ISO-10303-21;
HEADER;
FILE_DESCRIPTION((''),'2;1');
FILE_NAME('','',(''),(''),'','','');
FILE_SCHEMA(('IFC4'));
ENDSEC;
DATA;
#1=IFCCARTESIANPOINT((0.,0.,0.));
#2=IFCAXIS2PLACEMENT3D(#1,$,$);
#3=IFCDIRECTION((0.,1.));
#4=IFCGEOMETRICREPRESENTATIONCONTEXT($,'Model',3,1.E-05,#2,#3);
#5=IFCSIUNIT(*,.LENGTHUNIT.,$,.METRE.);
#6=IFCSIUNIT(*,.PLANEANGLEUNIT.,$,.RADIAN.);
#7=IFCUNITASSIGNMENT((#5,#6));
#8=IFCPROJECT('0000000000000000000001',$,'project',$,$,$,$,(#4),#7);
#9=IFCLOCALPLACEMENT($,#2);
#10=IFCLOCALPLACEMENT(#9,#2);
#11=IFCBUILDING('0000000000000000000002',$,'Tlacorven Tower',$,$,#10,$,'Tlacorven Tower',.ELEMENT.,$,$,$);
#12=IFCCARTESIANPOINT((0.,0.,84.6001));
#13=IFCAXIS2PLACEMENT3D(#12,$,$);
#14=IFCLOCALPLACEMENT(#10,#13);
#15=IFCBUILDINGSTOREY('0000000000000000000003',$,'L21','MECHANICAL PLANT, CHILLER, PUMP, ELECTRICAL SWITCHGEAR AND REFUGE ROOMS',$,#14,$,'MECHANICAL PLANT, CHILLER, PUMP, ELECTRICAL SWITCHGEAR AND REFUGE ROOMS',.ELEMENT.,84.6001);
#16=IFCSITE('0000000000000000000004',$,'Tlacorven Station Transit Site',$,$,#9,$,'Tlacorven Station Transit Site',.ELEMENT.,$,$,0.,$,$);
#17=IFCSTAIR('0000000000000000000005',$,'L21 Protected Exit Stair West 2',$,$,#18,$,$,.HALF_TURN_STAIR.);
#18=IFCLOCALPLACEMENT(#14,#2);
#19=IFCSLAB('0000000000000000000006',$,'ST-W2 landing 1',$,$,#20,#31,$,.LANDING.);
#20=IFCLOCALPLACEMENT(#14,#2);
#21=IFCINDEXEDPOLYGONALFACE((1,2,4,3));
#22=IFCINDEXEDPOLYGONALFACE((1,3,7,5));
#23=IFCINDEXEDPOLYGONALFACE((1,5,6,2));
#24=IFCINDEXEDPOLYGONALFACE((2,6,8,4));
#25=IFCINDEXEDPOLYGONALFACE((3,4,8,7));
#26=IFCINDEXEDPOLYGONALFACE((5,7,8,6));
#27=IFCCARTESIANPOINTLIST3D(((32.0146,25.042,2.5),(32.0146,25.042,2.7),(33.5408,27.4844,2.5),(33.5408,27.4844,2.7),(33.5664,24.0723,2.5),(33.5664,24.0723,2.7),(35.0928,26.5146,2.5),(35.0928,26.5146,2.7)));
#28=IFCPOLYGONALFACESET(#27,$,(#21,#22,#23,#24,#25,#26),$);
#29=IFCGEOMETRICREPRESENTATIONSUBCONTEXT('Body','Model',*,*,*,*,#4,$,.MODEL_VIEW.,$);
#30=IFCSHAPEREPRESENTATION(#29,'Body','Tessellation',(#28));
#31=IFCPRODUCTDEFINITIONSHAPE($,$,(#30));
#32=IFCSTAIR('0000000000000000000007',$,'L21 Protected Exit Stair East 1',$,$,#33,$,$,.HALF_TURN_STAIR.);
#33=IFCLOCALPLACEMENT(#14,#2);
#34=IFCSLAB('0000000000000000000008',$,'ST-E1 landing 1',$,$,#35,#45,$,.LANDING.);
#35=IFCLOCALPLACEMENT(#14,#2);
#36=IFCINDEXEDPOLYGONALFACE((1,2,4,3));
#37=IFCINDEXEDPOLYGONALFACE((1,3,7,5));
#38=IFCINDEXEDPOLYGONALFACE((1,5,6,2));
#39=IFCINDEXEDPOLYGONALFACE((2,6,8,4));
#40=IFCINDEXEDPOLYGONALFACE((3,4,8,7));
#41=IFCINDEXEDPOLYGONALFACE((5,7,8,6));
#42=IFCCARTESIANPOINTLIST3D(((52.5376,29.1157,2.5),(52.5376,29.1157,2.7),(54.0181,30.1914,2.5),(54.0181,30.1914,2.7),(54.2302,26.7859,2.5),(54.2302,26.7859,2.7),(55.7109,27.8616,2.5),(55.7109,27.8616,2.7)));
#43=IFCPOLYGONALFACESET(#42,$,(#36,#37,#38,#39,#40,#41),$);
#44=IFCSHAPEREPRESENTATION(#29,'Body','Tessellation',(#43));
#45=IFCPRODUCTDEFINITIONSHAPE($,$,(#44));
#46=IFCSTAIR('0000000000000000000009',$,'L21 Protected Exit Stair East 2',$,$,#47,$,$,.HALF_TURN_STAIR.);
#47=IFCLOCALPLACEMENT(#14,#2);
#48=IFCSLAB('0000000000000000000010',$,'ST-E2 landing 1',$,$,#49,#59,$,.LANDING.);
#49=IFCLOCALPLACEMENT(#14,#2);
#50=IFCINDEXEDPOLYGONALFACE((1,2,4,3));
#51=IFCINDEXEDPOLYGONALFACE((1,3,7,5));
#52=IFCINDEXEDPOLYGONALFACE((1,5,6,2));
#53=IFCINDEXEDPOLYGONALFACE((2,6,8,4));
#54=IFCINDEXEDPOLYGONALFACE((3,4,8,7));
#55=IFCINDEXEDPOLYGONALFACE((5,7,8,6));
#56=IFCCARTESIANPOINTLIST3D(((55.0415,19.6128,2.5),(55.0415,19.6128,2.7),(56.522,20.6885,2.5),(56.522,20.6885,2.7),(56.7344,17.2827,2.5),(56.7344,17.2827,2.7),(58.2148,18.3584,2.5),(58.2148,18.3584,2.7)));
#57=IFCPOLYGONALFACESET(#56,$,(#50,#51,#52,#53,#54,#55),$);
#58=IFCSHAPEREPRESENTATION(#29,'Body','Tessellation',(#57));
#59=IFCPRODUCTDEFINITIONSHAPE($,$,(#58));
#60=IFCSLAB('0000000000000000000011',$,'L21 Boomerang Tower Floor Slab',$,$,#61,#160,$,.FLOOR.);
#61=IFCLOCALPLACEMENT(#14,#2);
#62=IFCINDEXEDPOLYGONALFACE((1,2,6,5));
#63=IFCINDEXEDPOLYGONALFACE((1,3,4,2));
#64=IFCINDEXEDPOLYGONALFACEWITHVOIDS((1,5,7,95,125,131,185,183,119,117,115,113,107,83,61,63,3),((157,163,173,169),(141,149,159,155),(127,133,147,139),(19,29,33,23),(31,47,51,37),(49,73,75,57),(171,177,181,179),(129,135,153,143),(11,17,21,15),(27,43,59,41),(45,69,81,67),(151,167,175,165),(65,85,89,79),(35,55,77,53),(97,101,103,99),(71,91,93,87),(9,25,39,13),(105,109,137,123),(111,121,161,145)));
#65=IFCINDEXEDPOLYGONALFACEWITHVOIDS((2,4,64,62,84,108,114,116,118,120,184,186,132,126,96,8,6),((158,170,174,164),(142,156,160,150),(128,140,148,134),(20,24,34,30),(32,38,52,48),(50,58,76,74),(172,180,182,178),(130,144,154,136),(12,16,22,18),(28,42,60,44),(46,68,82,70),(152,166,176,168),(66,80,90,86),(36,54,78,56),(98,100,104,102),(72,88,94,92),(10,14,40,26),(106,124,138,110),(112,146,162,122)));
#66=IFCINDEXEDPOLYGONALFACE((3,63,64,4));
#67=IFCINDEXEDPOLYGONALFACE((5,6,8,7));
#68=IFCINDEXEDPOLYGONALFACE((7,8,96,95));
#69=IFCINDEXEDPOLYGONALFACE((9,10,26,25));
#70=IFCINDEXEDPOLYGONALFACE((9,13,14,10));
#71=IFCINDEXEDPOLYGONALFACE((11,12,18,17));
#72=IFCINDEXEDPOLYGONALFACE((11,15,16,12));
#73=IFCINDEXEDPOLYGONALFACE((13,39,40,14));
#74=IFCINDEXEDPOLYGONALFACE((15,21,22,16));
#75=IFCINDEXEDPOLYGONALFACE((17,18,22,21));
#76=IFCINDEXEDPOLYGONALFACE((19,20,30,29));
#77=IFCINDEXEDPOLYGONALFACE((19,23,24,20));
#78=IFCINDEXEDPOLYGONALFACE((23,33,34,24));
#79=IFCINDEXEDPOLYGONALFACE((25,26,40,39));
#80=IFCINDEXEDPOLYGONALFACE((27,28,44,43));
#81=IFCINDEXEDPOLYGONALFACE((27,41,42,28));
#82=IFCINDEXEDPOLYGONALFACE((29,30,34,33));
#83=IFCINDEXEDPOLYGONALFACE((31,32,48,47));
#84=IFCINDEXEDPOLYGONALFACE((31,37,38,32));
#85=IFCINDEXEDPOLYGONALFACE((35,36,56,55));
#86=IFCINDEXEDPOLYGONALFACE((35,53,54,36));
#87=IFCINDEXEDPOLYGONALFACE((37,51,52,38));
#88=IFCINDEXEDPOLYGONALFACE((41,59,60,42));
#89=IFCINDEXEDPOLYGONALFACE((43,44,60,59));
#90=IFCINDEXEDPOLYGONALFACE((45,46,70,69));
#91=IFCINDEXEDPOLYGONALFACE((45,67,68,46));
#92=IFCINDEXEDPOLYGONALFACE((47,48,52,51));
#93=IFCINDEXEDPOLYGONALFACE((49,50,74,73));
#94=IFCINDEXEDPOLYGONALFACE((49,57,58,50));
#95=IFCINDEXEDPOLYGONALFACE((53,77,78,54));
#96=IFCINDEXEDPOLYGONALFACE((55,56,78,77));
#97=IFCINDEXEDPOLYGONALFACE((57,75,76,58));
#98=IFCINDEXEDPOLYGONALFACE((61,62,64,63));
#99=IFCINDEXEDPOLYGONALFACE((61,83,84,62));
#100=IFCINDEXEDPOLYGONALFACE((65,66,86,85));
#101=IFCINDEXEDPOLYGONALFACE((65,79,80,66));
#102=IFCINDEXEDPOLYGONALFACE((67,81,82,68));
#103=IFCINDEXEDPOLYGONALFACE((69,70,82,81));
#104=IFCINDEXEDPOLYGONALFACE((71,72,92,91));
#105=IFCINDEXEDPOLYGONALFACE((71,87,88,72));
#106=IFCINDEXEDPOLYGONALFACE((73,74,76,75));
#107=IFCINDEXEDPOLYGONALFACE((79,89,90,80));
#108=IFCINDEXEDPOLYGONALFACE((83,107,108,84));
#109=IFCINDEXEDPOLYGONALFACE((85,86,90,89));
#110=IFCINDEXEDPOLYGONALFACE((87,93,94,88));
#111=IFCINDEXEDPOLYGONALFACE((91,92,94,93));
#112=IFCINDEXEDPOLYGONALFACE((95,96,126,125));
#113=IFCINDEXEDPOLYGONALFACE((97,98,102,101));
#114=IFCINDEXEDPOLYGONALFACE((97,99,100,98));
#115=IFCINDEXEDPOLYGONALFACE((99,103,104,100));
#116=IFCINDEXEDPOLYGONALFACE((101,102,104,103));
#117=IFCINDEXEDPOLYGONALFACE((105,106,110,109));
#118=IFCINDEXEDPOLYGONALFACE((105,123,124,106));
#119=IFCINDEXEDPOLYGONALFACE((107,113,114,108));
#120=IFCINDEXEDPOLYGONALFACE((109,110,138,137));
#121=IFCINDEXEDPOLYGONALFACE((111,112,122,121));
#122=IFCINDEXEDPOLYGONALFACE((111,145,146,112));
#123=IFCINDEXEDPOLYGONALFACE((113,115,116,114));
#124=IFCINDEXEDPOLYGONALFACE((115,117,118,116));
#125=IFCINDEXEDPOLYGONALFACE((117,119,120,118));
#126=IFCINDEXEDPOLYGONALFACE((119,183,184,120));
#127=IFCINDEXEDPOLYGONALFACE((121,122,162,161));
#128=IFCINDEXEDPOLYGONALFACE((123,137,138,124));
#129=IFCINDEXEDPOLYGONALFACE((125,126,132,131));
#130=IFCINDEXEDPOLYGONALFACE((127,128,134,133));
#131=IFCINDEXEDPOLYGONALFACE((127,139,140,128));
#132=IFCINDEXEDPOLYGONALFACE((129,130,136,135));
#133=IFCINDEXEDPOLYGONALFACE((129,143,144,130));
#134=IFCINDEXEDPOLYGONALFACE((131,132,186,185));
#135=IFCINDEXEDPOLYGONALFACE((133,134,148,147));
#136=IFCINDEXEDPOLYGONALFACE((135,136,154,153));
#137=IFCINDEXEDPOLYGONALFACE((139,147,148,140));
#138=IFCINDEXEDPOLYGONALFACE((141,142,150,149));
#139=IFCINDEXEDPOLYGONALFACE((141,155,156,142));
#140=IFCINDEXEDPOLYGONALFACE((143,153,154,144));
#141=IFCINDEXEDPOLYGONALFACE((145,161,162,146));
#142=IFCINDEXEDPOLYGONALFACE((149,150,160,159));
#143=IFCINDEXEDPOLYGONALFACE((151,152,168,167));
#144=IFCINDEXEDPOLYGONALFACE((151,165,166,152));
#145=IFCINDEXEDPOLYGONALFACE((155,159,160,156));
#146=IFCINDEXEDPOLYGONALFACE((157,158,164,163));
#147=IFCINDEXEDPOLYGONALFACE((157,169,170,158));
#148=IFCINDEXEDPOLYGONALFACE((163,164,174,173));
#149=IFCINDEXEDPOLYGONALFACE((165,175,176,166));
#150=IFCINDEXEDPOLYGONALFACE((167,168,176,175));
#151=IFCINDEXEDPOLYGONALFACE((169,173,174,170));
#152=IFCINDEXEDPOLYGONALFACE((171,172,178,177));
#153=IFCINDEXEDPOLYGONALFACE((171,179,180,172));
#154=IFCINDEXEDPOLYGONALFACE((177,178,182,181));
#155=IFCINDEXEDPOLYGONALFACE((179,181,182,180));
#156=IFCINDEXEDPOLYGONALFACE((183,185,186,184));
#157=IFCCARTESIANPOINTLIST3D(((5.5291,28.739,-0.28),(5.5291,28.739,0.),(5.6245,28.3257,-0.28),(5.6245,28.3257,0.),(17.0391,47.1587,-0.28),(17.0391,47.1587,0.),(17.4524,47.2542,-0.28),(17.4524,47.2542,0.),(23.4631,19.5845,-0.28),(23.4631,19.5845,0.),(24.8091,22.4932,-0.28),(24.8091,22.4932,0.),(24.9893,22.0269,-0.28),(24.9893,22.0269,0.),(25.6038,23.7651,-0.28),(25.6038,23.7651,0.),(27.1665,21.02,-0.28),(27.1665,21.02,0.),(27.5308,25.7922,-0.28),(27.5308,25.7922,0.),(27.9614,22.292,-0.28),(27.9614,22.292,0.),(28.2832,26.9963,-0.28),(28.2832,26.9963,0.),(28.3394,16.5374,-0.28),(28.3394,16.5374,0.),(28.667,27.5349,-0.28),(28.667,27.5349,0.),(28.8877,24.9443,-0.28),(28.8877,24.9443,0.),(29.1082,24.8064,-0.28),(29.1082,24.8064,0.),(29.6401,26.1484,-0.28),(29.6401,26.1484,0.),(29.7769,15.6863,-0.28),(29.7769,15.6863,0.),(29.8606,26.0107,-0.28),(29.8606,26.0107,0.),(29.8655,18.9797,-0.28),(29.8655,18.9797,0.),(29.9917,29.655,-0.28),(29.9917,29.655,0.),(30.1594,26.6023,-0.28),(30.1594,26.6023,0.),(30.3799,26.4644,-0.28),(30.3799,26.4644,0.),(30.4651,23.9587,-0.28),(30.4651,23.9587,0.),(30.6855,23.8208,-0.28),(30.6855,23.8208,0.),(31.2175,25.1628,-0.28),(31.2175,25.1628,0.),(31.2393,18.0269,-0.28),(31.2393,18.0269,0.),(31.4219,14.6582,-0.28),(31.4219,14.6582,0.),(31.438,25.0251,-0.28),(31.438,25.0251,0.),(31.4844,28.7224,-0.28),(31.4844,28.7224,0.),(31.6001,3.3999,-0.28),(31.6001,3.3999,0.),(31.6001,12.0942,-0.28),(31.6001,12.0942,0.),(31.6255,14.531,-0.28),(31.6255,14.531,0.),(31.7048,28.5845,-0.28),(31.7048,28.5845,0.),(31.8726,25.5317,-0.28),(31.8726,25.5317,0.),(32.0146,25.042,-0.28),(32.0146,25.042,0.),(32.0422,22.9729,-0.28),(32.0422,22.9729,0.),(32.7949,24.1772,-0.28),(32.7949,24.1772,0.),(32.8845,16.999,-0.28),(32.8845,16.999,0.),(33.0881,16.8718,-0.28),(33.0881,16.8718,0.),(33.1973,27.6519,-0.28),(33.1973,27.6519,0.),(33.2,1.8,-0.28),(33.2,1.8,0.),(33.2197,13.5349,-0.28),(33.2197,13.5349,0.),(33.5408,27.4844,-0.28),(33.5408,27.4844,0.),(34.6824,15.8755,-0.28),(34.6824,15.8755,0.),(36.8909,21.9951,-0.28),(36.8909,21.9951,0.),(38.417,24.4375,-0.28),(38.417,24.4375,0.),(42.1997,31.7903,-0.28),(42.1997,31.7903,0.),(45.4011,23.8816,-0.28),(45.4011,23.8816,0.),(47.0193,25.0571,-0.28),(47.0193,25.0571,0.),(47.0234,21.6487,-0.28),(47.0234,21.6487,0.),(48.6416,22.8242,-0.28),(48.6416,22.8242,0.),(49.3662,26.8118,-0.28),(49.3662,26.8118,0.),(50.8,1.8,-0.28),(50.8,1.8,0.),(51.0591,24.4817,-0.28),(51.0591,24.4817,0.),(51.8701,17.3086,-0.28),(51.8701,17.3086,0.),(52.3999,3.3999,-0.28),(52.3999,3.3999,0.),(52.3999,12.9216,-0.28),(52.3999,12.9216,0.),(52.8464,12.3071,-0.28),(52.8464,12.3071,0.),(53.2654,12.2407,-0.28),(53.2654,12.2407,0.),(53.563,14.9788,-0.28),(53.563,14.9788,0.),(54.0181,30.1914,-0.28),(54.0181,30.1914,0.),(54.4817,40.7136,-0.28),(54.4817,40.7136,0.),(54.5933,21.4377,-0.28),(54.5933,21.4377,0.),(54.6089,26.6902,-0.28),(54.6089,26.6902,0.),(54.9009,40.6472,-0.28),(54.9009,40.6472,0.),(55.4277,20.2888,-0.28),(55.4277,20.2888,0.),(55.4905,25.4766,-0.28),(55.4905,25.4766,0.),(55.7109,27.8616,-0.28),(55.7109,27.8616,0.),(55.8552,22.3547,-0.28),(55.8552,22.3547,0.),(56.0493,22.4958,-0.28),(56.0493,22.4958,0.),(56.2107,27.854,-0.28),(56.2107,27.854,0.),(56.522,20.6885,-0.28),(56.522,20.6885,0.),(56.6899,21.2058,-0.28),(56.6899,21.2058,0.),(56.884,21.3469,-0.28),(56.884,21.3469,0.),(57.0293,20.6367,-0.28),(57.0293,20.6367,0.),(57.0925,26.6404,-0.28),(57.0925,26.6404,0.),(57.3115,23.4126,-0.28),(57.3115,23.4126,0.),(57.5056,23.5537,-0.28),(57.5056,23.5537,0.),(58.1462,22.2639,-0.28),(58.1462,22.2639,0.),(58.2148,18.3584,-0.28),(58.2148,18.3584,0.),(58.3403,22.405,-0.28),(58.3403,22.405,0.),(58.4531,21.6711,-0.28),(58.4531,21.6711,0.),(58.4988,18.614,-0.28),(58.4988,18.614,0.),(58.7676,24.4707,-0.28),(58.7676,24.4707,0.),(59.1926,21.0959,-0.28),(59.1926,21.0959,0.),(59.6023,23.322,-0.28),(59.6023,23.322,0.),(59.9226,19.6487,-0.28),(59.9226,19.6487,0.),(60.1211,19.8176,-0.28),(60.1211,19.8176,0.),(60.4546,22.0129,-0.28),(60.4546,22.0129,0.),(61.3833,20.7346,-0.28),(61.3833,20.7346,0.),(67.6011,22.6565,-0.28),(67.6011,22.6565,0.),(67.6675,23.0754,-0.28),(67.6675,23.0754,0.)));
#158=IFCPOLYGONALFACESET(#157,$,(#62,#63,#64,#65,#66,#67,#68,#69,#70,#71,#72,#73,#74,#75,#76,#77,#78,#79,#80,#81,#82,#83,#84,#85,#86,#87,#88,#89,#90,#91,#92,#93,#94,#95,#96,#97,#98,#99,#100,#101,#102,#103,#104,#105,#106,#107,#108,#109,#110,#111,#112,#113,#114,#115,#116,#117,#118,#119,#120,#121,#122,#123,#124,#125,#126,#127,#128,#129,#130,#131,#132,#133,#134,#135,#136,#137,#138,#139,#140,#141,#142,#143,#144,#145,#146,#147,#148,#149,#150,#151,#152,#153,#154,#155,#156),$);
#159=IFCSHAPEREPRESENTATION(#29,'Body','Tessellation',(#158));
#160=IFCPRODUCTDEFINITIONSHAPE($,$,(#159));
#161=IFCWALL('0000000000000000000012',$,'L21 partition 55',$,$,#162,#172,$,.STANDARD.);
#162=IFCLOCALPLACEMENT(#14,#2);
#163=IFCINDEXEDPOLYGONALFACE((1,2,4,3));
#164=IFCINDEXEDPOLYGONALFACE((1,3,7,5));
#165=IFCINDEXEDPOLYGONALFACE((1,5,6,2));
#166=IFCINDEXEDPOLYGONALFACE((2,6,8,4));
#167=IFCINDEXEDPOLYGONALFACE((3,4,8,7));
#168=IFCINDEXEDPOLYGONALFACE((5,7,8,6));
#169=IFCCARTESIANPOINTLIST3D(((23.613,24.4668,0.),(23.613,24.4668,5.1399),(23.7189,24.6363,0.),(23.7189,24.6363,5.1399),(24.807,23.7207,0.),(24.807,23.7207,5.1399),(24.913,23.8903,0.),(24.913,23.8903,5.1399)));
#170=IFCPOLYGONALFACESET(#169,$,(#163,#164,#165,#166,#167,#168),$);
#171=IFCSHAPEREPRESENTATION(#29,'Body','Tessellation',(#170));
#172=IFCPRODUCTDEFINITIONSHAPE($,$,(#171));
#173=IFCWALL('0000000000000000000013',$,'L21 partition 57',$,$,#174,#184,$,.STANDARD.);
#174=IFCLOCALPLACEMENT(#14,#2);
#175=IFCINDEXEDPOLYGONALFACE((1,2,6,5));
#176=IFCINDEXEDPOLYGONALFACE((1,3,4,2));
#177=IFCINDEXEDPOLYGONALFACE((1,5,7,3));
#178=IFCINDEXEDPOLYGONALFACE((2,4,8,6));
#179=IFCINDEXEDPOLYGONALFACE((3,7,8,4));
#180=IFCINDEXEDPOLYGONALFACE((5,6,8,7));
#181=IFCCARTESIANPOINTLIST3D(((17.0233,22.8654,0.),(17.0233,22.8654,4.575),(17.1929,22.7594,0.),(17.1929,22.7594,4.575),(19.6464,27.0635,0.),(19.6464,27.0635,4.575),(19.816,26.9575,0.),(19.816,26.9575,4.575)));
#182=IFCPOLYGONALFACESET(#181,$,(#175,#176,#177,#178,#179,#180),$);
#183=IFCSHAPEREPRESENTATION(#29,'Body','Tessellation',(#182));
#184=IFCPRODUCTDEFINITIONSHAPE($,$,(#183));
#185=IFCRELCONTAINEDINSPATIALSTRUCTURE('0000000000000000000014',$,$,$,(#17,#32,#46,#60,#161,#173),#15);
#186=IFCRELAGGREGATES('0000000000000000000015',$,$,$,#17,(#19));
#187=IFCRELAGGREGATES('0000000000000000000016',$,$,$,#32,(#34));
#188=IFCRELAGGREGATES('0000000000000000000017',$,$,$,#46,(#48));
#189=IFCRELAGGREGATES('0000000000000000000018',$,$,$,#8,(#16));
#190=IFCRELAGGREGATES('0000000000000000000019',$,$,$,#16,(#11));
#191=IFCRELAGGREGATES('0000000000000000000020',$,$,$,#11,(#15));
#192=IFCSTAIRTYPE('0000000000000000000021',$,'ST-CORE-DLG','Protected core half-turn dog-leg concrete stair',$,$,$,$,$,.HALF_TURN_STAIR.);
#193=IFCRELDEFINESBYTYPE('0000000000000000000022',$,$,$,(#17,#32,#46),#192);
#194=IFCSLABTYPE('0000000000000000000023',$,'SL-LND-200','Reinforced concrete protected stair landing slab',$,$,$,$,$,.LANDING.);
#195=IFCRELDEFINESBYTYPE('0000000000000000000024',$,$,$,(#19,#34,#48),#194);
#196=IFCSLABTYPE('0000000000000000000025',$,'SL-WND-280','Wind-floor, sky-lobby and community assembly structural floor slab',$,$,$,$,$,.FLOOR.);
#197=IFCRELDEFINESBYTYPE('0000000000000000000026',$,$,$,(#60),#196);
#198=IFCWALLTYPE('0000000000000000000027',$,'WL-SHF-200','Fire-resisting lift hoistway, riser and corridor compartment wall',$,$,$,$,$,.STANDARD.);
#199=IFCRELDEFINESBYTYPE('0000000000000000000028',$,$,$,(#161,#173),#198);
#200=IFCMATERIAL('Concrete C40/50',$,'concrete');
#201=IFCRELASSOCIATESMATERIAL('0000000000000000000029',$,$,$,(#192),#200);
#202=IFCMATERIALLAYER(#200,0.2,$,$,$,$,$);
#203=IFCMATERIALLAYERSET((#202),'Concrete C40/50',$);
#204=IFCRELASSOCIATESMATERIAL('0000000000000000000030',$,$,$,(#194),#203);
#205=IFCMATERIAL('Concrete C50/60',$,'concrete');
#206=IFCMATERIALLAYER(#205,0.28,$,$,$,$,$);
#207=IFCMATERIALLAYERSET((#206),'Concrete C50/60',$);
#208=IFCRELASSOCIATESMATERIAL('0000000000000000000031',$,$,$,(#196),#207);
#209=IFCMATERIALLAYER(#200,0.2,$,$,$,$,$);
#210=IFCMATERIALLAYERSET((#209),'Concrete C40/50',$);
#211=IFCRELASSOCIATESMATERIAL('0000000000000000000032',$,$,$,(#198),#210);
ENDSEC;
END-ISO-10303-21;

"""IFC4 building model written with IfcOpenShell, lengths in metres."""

from ifc_helpers import new_model, si_unit, direction, frame, frame_2d, origin, place, context, subcontext, project, spatial, polyline, rectangle, outline, extrude, material, layer, layer_set, type_object, element, aggregate, save


model = new_model("IFC4")

# Units and contexts
model_context = context("Model", 3, precision=1e-05, world=origin(), true_north=direction((0.0, 1.0)))
body_context = subcontext(model_context, "Body", "Model", "MODEL_VIEW")
ifc_project = project(units=[si_unit("LENGTHUNIT", "METRE"), si_unit("PLANEANGLEUNIT", "RADIAN")], contexts=[model_context])

# Site, building, storey
site_placement = place(None, origin())
site = spatial("IfcSite", under=ifc_project, at=site_placement, Name="Tlacorven Station Transit Site", LongName="Tlacorven Station Transit Site", CompositionType="ELEMENT", RefElevation=0.0)
building_placement = place(site_placement, origin())
building = spatial("IfcBuilding", under=site, at=building_placement, Name="Tlacorven Tower", LongName="Tlacorven Tower", CompositionType="ELEMENT")
storey_placement = place(building_placement, frame((0.0, 0.0, 84.6001)))
storey = spatial("IfcBuildingStorey", under=building, at=storey_placement, Name="L21", Description="MECHANICAL PLANT, CHILLER, PUMP, ELECTRICAL SWITCHGEAR AND REFUGE ROOMS", LongName="MECHANICAL PLANT, CHILLER, PUMP, ELECTRICAL SWITCHGEAR AND REFUGE ROOMS", CompositionType="ELEMENT", Elevation=84.6001)

# Stairs, slabs
ifc_material_1 = material(Name="Concrete C40/50", Category="concrete")
stair_type = type_object("IfcStairType", Name="ST-CORE-DLG", Description="Protected core half-turn dog-leg concrete stair", PredefinedType="HALF_TURN_STAIR", material=ifc_material_1)
ifc_layer_1 = layer(ifc_material_1, 0.2)
ifc_layer_set_1 = layer_set([ifc_layer_1], Name="Concrete C40/50")
slab_type_1 = type_object("IfcSlabType", Name="SL-LND-200", Description="Reinforced concrete protected stair landing slab", PredefinedType="LANDING", material=ifc_layer_set_1)
stair_1_placement = place(storey_placement, origin())
stair_1 = element("IfcStair", 1, at=stair_1_placement, inside=storey, type_object=stair_type, Name="L21 Protected Exit Stair West 2", PredefinedType="HALF_TURN_STAIR")
slab_1_placement = place(storey_placement, frame((0.0, 0.0, 2.5)))
slab_1 = element("IfcSlab", 2, at=slab_1_placement, type_object=slab_type_1, Name="ST-W2 landing 1", PredefinedType="LANDING", context=body_context, shape_type="SweptSolid", body=[
    extrude(outline(polyline([(35.0928, 26.5146), (33.5408, 27.4844), (32.0146, 25.042), (33.5664, 24.0723), (35.0928, 26.5146)])), origin(), (0.0, 0.0, 1.0), 0.2),
])
aggregate(stair_1, [slab_1])
stair_2_placement = place(storey_placement, origin())
stair_2 = element("IfcStair", 3, at=stair_2_placement, inside=storey, type_object=stair_type, Name="L21 Protected Exit Stair East 1", PredefinedType="HALF_TURN_STAIR")
slab_2_placement = place(storey_placement, frame((0.0, 0.0, 2.5)))
slab_2 = element("IfcSlab", 4, at=slab_2_placement, type_object=slab_type_1, Name="ST-E1 landing 1", PredefinedType="LANDING", context=body_context, shape_type="SweptSolid", body=[
    extrude(outline(polyline([(54.2302, 26.7859), (55.7109, 27.8616), (54.0181, 30.1914), (52.5376, 29.1157), (54.2302, 26.7859)])), origin(), (0.0, 0.0, 1.0), 0.2),
])
aggregate(stair_2, [slab_2])
stair_3_placement = place(storey_placement, origin())
stair_3 = element("IfcStair", 5, at=stair_3_placement, inside=storey, type_object=stair_type, Name="L21 Protected Exit Stair East 2", PredefinedType="HALF_TURN_STAIR")
slab_3_placement = place(storey_placement, frame((0.0, 0.0, 2.5)))
slab_3 = element("IfcSlab", 6, at=slab_3_placement, type_object=slab_type_1, Name="ST-E2 landing 1", PredefinedType="LANDING", context=body_context, shape_type="SweptSolid", body=[
    extrude(outline(polyline([(56.7344, 17.2827), (58.2148, 18.3584), (56.522, 20.6885), (55.0415, 19.6128), (56.7344, 17.2827)])), origin(), (0.0, 0.0, 1.0), 0.2),
])
aggregate(stair_3, [slab_3])

# Slab
ifc_material_2 = material(Name="Concrete C50/60", Category="concrete")
ifc_layer_2 = layer(ifc_material_2, 0.28)
ifc_layer_set_2 = layer_set([ifc_layer_2], Name="Concrete C50/60")
slab_type_2 = type_object("IfcSlabType", Name="SL-WND-280", Description="Wind-floor, sky-lobby and community assembly structural floor slab", PredefinedType="FLOOR", material=ifc_layer_set_2)
slab_4_placement = place(storey_placement, frame((0.0, 0.0, -0.28)))
element("IfcSlab", 7, at=slab_4_placement, inside=storey, type_object=slab_type_2, Name="L21 Boomerang Tower Floor Slab", PredefinedType="FLOOR", context=body_context, shape_type="SweptSolid", body=[
    extrude(outline(polyline([(52.3999, 3.3999), (50.8, 1.8), (33.2, 1.8), (31.6001, 3.3999), (31.6001, 12.0942), (5.6245, 28.3257), (5.5291, 28.739), (17.0391, 47.1587), (17.4524, 47.2542), (42.1997, 31.7903), (54.4817, 40.7136), (54.9009, 40.6472), (67.6675, 23.0754), (67.6011, 22.6565), (53.2654, 12.2407), (52.8464, 12.3071), (52.3999, 12.9216), (52.3999, 3.3999)]), holes=[polyline([(29.8655, 18.9797), (24.9893, 22.0269), (23.4631, 19.5845), (28.3394, 16.5374), (29.8655, 18.9797)]), polyline([(38.417, 24.4375), (33.5408, 27.4844), (32.0146, 25.042), (36.8909, 21.9951), (38.417, 24.4375)]), polyline([(51.0591, 24.4817), (55.7109, 27.8616), (54.0181, 30.1914), (49.3662, 26.8118), (51.0591, 24.4817)]), polyline([(53.563, 14.9788), (58.2148, 18.3584), (56.522, 20.6885), (51.8701, 17.3086), (53.563, 14.9788)]), polyline([(34.6824, 15.8755), (33.0881, 16.8718), (31.6255, 14.531), (33.2197, 13.5349), (34.6824, 15.8755)]), polyline([(32.8845, 16.999), (31.2393, 18.0269), (29.7769, 15.6863), (31.4219, 14.6582), (32.8845, 16.999)]), polyline([(47.0234, 21.6487), (48.6416, 22.8242), (47.0193, 25.0571), (45.4011, 23.8816), (47.0234, 21.6487)]), polyline([(33.1973, 27.6519), (31.7048, 28.5845), (30.3799, 26.4644), (31.8726, 25.5317), (33.1973, 27.6519)]), polyline([(31.4844, 28.7224), (29.9917, 29.655), (28.667, 27.5349), (30.1594, 26.6023), (31.4844, 28.7224)]), polyline([(32.7949, 24.1772), (31.438, 25.0251), (30.6855, 23.8208), (32.0422, 22.9729), (32.7949, 24.1772)]), polyline([(31.2175, 25.1628), (29.8606, 26.0107), (29.1082, 24.8064), (30.4651, 23.9587), (31.2175, 25.1628)]), polyline([(29.6401, 26.1484), (28.2832, 26.9963), (27.5308, 25.7922), (28.8877, 24.9443), (29.6401, 26.1484)]), polyline([(55.4277, 20.2888), (56.6899, 21.2058), (55.8552, 22.3547), (54.5933, 21.4377), (55.4277, 20.2888)]), polyline([(56.884, 21.3469), (58.1462, 22.2639), (57.3115, 23.4126), (56.0493, 22.4958), (56.884, 21.3469)]), polyline([(58.3403, 22.405), (59.6023, 23.322), (58.7676, 24.4707), (57.5056, 23.5537), (58.3403, 22.405)]), polyline([(58.4988, 18.614), (59.9226, 19.6487), (58.4531, 21.6711), (57.0293, 20.6367), (58.4988, 18.614)]), polyline([(27.9614, 22.292), (25.6038, 23.7651), (24.8091, 22.4932), (27.1665, 21.02), (27.9614, 22.292)]), polyline([(55.4905, 25.4766), (57.0925, 26.6404), (56.2107, 27.854), (54.6089, 26.6902), (55.4905, 25.4766)]), polyline([(60.1211, 19.8176), (61.3833, 20.7346), (60.4546, 22.0129), (59.1926, 21.0959), (60.1211, 19.8176)])]), origin(), (0.0, 0.0, 1.0), 0.28),
])

# Shared definitions
ifc_layer_3 = layer(ifc_material_1, 0.2)
ifc_layer_set_3 = layer_set([ifc_layer_3], Name="Concrete C40/50")
wall_type = type_object("IfcWallType", Name="WL-SHF-200", Description="Fire-resisting lift hoistway, riser and corridor compartment wall", PredefinedType="STANDARD", material=ifc_layer_set_3)

# Walls
wall_1_placement = place(storey_placement, frame((24.8601, 23.8054, 0.0), z_axis=(0.0, 0.0, 1.0), x_axis=(-0.848066, 0.52989, 0.0)))
element("IfcWall", 8, at=wall_1_placement, inside=storey, type_object=wall_type, Name="L21 partition 55", PredefinedType="STANDARD", context=body_context, shape_type="SweptSolid", body=[
    extrude(rectangle(XDim=1.408, YDim=0.2, at=frame_2d((0.7041, 0.0))), origin(), (0.0, 0.0, 1.0), 5.1399),
])
wall_2_placement = place(storey_placement, frame((19.7312, 27.0105, 0.0), z_axis=(0.0, 0.0, 1.0), x_axis=(-0.529897, -0.848062, 0.0)))
element("IfcWall", 9, at=wall_2_placement, inside=storey, type_object=wall_type, Name="L21 partition 57", PredefinedType="STANDARD", context=body_context, shape_type="SweptSolid", body=[
    extrude(rectangle(XDim=4.9502, YDim=0.2, at=frame_2d((2.4751, 0.0))), origin(), (0.0, 0.0, 1.0), 4.575),
])

save(model, "model.ifc")
